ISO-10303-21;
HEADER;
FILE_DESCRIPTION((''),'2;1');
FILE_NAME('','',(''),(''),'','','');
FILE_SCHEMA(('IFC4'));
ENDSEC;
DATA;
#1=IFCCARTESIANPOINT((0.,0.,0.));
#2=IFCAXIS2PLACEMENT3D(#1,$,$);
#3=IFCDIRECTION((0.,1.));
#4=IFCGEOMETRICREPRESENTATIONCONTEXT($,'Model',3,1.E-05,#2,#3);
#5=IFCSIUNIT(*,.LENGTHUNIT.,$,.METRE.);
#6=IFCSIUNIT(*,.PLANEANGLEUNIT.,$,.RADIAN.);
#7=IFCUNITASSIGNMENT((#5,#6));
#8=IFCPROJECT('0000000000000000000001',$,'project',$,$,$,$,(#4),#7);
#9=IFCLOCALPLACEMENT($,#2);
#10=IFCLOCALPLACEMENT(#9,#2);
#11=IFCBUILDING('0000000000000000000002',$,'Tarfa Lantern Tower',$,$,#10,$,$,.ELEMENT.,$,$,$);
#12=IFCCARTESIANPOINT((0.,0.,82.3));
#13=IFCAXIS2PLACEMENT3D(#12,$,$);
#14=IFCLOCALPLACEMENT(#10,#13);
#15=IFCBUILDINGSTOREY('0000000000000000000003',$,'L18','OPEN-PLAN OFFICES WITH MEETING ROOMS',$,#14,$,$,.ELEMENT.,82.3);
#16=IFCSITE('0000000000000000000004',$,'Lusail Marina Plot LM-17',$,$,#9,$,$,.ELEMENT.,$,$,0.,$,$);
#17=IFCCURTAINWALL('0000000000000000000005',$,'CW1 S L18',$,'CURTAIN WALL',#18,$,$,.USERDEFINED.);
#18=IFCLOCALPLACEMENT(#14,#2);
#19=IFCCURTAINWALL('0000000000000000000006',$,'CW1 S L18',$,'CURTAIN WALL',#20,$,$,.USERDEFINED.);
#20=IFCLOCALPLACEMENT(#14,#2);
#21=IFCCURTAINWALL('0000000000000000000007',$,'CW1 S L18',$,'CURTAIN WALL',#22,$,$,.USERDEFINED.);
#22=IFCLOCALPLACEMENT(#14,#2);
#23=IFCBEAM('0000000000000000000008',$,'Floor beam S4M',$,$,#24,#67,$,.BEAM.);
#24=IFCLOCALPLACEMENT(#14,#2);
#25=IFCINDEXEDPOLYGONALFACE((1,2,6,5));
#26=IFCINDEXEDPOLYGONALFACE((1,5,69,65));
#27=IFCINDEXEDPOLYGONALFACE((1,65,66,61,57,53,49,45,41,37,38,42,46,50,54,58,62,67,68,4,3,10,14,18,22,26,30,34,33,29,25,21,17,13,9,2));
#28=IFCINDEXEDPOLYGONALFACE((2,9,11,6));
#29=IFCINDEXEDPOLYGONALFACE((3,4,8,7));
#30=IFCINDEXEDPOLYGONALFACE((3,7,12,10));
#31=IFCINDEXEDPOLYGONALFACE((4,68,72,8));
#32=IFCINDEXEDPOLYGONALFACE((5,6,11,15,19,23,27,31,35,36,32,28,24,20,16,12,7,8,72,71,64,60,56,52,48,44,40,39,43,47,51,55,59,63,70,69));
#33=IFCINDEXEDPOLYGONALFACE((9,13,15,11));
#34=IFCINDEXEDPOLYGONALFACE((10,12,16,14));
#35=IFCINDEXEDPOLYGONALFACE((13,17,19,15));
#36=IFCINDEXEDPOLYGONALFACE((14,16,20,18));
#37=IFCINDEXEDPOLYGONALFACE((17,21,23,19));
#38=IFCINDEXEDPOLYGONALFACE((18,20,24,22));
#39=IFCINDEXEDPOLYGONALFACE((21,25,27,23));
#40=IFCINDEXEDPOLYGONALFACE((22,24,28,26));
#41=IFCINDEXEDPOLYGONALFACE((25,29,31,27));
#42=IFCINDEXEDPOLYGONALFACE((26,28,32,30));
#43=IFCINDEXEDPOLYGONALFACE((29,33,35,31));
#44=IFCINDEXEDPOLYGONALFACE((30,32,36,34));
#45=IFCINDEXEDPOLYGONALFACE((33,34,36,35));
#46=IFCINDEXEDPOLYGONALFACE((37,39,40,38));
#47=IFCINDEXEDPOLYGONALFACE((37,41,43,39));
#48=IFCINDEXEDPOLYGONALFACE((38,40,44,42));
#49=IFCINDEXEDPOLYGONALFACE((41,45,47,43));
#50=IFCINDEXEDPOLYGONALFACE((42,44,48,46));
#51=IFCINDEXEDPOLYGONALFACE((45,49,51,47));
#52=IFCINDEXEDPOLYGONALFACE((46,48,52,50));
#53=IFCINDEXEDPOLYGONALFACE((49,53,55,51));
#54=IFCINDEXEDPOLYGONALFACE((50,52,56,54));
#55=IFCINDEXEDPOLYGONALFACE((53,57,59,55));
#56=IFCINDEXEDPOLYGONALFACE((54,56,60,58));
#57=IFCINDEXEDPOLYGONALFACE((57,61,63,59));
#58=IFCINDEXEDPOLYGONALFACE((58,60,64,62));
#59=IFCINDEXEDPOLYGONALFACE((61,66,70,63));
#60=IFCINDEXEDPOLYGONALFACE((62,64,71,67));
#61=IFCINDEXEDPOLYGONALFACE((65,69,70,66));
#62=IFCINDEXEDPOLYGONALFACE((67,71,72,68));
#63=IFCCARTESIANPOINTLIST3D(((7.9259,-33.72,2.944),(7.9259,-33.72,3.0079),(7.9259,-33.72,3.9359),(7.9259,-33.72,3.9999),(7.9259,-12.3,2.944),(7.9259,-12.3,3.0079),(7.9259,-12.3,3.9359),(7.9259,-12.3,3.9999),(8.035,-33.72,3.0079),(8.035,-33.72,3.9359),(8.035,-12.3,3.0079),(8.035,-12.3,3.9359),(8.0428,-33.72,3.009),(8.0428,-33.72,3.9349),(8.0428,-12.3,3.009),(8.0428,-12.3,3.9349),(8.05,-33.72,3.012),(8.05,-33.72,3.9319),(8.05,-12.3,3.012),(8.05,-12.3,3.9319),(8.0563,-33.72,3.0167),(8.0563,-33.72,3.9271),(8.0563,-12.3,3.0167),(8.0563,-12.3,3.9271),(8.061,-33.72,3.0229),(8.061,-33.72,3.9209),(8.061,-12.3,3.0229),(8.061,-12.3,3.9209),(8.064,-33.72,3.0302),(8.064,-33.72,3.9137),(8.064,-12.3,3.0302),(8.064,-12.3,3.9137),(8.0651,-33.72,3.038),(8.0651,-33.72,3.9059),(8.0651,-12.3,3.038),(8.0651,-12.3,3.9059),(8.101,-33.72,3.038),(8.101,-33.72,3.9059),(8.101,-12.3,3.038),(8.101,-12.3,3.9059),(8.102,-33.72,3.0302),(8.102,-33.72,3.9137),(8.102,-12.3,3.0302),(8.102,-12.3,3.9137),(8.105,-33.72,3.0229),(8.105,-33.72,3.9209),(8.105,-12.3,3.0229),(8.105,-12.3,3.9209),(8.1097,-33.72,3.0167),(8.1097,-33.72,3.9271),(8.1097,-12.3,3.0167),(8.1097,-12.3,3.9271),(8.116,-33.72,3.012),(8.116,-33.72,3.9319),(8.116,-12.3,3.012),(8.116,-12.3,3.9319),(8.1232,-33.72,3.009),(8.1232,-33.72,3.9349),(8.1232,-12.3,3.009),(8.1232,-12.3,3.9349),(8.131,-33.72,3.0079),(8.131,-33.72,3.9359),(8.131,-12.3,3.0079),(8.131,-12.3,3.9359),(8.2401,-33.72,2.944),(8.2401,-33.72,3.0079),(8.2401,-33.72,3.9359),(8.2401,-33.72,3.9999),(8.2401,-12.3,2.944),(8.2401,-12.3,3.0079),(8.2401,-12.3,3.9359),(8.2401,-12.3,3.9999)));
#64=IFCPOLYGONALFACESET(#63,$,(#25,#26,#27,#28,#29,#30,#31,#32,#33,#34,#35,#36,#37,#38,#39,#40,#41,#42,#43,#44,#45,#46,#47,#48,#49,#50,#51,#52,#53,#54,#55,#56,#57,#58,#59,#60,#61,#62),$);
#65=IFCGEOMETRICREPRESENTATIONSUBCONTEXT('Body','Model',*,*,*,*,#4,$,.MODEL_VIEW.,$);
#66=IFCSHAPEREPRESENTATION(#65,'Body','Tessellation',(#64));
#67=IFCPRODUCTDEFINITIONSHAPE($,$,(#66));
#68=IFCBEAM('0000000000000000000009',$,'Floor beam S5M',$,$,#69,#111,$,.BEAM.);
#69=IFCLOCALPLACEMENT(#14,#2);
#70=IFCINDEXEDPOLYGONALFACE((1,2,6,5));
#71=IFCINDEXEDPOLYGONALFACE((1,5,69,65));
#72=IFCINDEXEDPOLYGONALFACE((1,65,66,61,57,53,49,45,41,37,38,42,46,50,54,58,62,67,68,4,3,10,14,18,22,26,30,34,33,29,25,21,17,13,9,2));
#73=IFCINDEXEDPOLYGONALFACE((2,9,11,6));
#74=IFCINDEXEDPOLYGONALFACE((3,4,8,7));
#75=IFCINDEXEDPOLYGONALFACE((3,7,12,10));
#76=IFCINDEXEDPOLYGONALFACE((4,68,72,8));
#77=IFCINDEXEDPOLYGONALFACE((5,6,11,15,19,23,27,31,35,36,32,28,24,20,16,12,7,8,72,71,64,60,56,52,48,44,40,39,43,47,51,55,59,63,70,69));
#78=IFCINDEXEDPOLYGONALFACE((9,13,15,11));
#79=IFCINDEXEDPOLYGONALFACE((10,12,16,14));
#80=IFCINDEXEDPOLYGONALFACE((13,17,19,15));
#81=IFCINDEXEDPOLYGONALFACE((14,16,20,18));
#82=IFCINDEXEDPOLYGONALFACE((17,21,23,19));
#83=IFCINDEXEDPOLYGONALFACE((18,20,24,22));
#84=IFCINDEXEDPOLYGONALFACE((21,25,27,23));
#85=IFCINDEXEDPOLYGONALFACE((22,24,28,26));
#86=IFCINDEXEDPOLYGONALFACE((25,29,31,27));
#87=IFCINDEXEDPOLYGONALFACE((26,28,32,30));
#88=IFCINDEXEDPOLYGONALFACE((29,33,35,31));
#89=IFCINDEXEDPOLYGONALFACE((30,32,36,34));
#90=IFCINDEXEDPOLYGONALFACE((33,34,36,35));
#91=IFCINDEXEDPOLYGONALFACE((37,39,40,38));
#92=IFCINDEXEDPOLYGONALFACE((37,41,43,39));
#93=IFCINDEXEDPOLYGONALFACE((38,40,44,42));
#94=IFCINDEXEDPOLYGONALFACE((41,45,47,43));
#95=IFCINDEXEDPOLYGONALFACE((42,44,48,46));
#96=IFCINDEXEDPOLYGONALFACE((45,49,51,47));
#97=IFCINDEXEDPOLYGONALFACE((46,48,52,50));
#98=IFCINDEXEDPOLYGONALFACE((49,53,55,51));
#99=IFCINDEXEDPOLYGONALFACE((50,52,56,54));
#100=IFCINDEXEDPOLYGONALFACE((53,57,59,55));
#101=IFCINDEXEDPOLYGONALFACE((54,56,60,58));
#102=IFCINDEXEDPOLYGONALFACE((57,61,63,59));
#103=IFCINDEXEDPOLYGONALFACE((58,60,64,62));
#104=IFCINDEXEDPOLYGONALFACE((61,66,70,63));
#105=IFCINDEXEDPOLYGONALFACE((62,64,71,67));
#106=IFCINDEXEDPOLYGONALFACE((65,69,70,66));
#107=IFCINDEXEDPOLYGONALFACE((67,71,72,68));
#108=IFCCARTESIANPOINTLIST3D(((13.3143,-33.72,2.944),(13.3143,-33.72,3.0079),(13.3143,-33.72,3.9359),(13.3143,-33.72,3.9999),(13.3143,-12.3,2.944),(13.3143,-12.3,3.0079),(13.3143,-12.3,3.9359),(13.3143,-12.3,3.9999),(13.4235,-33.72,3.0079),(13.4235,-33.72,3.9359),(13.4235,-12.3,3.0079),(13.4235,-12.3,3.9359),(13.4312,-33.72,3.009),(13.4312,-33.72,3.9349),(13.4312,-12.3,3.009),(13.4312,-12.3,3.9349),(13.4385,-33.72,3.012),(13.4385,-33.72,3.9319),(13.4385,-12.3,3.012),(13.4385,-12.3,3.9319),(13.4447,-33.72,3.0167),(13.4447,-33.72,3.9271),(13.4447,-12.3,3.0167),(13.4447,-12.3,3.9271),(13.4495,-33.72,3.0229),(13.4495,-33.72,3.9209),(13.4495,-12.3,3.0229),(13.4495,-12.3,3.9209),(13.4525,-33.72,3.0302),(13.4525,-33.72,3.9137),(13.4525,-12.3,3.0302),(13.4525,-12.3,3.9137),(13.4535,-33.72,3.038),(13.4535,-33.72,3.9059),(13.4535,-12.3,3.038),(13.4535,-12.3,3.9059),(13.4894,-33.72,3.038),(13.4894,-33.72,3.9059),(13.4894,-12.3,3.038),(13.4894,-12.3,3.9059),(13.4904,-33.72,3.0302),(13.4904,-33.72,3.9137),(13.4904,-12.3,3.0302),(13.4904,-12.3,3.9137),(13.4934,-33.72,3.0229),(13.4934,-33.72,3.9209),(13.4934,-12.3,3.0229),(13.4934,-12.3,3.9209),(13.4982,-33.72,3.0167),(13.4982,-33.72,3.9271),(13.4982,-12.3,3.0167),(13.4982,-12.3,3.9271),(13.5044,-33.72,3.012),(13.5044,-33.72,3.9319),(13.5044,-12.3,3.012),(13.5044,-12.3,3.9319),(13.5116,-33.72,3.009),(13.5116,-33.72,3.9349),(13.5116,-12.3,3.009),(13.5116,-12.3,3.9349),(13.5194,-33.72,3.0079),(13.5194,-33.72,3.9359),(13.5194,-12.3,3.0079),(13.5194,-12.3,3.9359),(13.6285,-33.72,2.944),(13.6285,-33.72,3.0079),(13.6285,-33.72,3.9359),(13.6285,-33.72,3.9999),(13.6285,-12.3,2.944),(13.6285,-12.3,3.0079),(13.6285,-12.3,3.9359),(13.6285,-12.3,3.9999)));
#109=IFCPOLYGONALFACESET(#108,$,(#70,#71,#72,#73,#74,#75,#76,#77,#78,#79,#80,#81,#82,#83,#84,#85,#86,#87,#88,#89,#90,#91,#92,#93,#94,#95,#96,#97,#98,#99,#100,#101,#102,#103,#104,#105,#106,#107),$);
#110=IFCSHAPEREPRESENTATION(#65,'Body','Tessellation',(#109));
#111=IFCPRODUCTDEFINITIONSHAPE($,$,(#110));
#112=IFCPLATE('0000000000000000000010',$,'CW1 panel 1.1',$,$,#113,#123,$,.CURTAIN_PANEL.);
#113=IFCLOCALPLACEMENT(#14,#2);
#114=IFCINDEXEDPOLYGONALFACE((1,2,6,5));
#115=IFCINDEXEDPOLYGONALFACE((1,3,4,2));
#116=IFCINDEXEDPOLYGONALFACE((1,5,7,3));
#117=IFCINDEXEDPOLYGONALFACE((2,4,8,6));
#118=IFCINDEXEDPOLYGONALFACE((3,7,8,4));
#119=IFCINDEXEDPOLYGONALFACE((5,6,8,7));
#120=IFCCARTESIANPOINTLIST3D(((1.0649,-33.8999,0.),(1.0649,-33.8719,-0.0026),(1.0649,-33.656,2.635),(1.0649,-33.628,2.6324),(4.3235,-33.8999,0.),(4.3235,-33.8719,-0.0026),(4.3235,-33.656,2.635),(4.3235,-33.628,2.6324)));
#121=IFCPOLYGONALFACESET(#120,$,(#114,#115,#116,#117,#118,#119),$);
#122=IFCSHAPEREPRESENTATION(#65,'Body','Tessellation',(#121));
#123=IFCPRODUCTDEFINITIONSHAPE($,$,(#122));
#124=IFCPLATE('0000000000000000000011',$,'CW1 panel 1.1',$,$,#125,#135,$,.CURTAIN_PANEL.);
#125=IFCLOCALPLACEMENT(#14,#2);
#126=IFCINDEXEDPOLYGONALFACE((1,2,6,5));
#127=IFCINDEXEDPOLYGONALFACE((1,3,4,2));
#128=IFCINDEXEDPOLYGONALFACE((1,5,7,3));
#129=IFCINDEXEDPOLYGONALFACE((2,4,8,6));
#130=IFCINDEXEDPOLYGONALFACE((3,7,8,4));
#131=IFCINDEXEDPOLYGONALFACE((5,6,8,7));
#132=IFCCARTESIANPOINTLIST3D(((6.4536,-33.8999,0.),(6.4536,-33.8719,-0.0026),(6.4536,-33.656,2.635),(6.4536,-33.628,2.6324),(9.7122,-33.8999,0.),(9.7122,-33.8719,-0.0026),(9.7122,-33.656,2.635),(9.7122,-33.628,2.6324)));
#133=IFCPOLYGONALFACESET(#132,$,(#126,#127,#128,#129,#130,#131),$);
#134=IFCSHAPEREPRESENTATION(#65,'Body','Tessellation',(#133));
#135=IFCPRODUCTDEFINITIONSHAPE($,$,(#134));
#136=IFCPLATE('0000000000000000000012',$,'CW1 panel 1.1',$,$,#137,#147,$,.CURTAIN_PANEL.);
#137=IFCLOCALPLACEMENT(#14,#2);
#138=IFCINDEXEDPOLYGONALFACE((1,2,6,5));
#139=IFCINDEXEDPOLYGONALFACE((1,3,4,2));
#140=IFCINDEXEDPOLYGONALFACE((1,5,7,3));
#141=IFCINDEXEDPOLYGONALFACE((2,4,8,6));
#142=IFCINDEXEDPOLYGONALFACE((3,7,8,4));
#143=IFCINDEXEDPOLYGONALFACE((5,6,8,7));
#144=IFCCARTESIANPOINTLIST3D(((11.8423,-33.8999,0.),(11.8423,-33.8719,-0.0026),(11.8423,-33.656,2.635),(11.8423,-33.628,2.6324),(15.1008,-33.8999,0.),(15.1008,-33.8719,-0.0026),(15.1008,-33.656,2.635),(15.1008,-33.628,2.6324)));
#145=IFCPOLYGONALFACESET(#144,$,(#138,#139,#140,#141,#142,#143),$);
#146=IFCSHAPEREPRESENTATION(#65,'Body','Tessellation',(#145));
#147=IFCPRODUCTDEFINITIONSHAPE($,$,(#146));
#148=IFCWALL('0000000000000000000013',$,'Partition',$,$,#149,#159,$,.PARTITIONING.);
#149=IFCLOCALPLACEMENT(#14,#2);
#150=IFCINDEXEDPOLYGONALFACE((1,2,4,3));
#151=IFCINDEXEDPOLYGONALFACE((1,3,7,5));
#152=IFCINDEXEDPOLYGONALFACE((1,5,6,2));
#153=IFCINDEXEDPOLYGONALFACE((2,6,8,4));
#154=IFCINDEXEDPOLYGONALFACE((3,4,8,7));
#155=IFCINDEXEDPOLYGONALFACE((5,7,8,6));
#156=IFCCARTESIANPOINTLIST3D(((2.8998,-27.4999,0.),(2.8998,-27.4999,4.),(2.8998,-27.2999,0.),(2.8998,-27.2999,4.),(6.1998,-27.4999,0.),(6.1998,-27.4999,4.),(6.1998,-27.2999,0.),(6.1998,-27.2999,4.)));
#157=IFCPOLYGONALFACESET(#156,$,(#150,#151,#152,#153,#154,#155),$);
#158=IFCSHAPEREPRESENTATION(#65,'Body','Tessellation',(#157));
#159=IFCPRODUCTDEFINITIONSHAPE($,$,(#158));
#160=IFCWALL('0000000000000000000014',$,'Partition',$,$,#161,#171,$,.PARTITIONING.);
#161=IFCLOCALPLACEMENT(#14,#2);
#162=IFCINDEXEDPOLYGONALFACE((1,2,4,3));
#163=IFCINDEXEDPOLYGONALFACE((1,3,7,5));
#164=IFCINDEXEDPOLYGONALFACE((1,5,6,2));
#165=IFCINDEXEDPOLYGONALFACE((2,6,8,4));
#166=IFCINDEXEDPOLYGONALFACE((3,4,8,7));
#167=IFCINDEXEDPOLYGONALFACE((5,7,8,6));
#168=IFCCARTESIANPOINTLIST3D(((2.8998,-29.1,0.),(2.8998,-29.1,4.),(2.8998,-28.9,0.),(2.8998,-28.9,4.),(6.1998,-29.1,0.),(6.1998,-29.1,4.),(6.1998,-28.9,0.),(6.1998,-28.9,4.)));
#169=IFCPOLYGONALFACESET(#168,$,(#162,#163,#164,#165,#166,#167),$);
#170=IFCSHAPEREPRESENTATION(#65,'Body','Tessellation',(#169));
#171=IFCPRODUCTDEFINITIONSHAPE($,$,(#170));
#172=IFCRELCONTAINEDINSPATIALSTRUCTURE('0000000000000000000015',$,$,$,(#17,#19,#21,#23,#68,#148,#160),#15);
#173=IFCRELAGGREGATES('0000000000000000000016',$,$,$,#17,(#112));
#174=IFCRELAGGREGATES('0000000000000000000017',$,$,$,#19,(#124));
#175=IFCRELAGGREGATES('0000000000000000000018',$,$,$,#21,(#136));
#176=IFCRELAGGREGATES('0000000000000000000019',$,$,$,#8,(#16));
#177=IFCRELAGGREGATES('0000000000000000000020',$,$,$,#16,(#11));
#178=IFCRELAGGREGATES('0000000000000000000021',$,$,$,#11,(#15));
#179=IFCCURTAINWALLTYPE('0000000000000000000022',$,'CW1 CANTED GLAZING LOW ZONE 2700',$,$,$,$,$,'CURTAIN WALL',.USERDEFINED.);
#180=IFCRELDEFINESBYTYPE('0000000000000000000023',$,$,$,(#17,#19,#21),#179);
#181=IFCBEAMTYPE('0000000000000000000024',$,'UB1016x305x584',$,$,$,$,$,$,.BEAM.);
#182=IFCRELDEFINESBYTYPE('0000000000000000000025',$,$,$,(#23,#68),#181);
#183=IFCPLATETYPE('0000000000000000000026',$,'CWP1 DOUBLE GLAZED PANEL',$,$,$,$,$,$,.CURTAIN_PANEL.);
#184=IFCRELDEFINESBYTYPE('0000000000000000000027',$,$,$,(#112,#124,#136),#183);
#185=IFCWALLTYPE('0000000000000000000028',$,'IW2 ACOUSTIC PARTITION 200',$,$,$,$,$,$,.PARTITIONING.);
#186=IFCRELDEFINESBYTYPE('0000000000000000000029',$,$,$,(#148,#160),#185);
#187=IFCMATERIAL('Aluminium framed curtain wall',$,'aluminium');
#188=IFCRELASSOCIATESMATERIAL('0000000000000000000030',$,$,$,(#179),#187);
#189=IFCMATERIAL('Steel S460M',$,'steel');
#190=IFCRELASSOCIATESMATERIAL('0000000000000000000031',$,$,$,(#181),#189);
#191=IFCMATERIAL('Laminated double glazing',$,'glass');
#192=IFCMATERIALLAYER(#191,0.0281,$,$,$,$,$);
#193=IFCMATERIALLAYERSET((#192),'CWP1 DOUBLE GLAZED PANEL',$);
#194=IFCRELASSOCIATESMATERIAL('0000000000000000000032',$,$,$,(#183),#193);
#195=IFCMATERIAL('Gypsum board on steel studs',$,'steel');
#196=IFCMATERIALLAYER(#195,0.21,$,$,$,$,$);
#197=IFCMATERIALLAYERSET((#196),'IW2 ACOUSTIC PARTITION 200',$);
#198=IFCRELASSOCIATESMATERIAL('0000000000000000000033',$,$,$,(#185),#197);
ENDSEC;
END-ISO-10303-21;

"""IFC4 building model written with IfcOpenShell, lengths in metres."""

from ifc_helpers import new_model, si_unit, direction, frame, frame_2d, origin, origin_2d, place, context, subcontext, project, spatial, polyline, rectangle, i_section, outline, extrude, material, layer, layer_set, material_profile, profile_set, type_object, element, aggregate, save


model = new_model("IFC4")

# Units and contexts
model_context = context("Model", 3, precision=1e-05, world=origin(), true_north=direction((0.0, 1.0)))
body_context = subcontext(model_context, "Body", "Model", "MODEL_VIEW")
ifc_project = project(units=[si_unit("LENGTHUNIT", "METRE"), si_unit("PLANEANGLEUNIT", "RADIAN")], contexts=[model_context])

# Site, building, storey
site_placement = place(None, origin())
site = spatial("IfcSite", under=ifc_project, at=site_placement, Name="Lusail Marina Plot LM-17", CompositionType="ELEMENT", RefElevation=0.0)
building_placement = place(site_placement, origin())
building = spatial("IfcBuilding", under=site, at=building_placement, Name="Tarfa Lantern Tower", CompositionType="ELEMENT")
storey_placement = place(building_placement, frame((0.0, 0.0, 82.3)))
storey = spatial("IfcBuildingStorey", under=building, at=storey_placement, Name="L18", Description="OPEN-PLAN OFFICES WITH MEETING ROOMS", CompositionType="ELEMENT", Elevation=82.3)

# Curtain walls
ifc_material_1 = material(Name="Aluminium framed curtain wall", Category="aluminium")
curtain_wall_type = type_object("IfcCurtainWallType", Name="CW1 CANTED GLAZING LOW ZONE 2700", ElementType="CURTAIN WALL", PredefinedType="USERDEFINED", material=ifc_material_1)
curtain_wall_1_placement = place(storey_placement, origin())
curtain_wall_1 = element("IfcCurtainWall", 1, at=curtain_wall_1_placement, inside=storey, type_object=curtain_wall_type, Name="CW1 S L18", ObjectType="CURTAIN WALL", PredefinedType="USERDEFINED")
curtain_wall_2_placement = place(storey_placement, origin())
curtain_wall_2 = element("IfcCurtainWall", 2, at=curtain_wall_2_placement, inside=storey, type_object=curtain_wall_type, Name="CW1 S L18", ObjectType="CURTAIN WALL", PredefinedType="USERDEFINED")

# Curtain wall
curtain_wall_3_placement = place(storey_placement, origin())
curtain_wall_3 = element("IfcCurtainWall", 3, at=curtain_wall_3_placement, inside=storey, type_object=curtain_wall_type, Name="CW1 S L18", ObjectType="CURTAIN WALL", PredefinedType="USERDEFINED")

# Beams
ifc_material_2 = material(Name="Steel S460M", Category="steel")
ifc_material_profile_1 = material_profile(ifc_material_2, i_section(OverallWidth=0.3142, OverallDepth=1.0559, WebThickness=0.0359, FlangeThickness=0.064, FilletRadius=0.03, at=origin_2d()), Name="UB1016x305x584")
ifc_profile_set_1 = profile_set([ifc_material_profile_1], Name="Steel S460M")
beam_type_1 = type_object("IfcBeamType", Name="UB1016x305x584", PredefinedType="BEAM", material=ifc_profile_set_1)
for number, where, z_axis, x_axis, name in (
    (4, (8.083, -33.72, 3.4719), (0.0, 1.0, 0.0), (-1.0, 0.0, 0.0), "Floor beam S4M"),
    (5, (13.4714, -33.72, 3.4719), (0.0, 1.0, 0.0), (-1.0, 0.0, 0.0), "Floor beam S5M"),
):
    element("IfcBeam", number, at=place(storey_placement, frame(where, z_axis=z_axis, x_axis=x_axis)), inside=storey, type_object=beam_type_1, Name=name, PredefinedType="BEAM", context=body_context, shape_type="SweptSolid", body=[
        extrude(i_section(OverallWidth=0.3142, OverallDepth=1.0559, WebThickness=0.0359, FlangeThickness=0.064, FilletRadius=0.03, at=origin_2d()), origin(), (0.0, 0.0, 1.0), 21.4199),
    ])

# Plates
ifc_material_3 = material(Name="Laminated double glazing", Category="glass")
ifc_layer_1 = layer(ifc_material_3, 0.0281)
ifc_layer_set_1 = layer_set([ifc_layer_1], Name="CWP1 DOUBLE GLAZED PANEL")
plate_type = type_object("IfcPlateType", Name="CWP1 DOUBLE GLAZED PANEL", PredefinedType="CURTAIN_PANEL", material=ifc_layer_set_1)
plate_1_placement = place(storey_placement, frame((1.0649, -33.8999, 0.0), z_axis=(0.0, -0.995744, 0.092166), x_axis=(1.0, 0.0, 0.0)))
plate_1 = element("IfcPlate", 6, at=plate_1_placement, type_object=plate_type, Name="CW1 panel 1.1", PredefinedType="CURTAIN_PANEL", context=body_context, shape_type="SweptSolid", body=[
    extrude(outline(polyline([(0.0, 0.0), (3.2585, 0.0), (3.2585, 2.6463), (0.0, 2.6463), (0.0, 0.0)])), origin(), (0.0, 0.0, -1.0), 0.0281),
])
aggregate(curtain_wall_1, [plate_1])
plate_2_placement = place(storey_placement, frame((6.4536, -33.8999, 0.0), z_axis=(0.0, -0.995744, 0.092166), x_axis=(1.0, 0.0, 0.0)))
plate_2 = element("IfcPlate", 7, at=plate_2_placement, type_object=plate_type, Name="CW1 panel 1.1", PredefinedType="CURTAIN_PANEL", context=body_context, shape_type="SweptSolid", body=[
    extrude(outline(polyline([(0.0, 0.0), (3.2585, 0.0), (3.2585, 2.6463), (0.0, 2.6463), (0.0, 0.0)])), origin(), (0.0, 0.0, -1.0), 0.0281),
])
aggregate(curtain_wall_2, [plate_2])
plate_3_placement = place(storey_placement, frame((11.8423, -33.8999, 0.0), z_axis=(0.0, -0.995744, 0.092166), x_axis=(1.0, 0.0, 0.0)))
plate_3 = element("IfcPlate", 8, at=plate_3_placement, type_object=plate_type, Name="CW1 panel 1.1", PredefinedType="CURTAIN_PANEL", context=body_context, shape_type="SweptSolid", body=[
    extrude(outline(polyline([(0.0, 0.0), (3.2585, 0.0), (3.2585, 2.6463), (0.0, 2.6463), (0.0, 0.0)])), origin(), (0.0, 0.0, -1.0), 0.0281),
])
aggregate(curtain_wall_3, [plate_3])

# Walls
ifc_material_4 = material(Name="Gypsum board on steel studs", Category="steel")
ifc_layer_2 = layer(ifc_material_4, 0.21)
ifc_layer_set_2 = layer_set([ifc_layer_2], Name="IW2 ACOUSTIC PARTITION 200")
wall_type = type_object("IfcWallType", Name="IW2 ACOUSTIC PARTITION 200", PredefinedType="PARTITIONING", material=ifc_layer_set_2)
for number, where, z_axis, x_axis, name in (
    (9, (2.8999, -27.3999, 0.0), (0.0, 0.0, 1.0), (1.0, 0.0, 0.0), "Partition"),
    (10, (2.8999, -29.0, 0.0), (0.0, 0.0, 1.0), (1.0, 0.0, 0.0), "Partition"),
):
    element("IfcWall", number, at=place(storey_placement, frame(where, z_axis=z_axis, x_axis=x_axis)), inside=storey, type_object=wall_type, Name=name, PredefinedType="PARTITIONING", context=body_context, shape_type="SweptSolid", body=[
        extrude(rectangle(XDim=3.3, YDim=0.2, at=frame_2d((1.6499, 0.0))), origin(), (0.0, 0.0, 1.0), 4.0),
    ])

save(model, "model.ifc")
